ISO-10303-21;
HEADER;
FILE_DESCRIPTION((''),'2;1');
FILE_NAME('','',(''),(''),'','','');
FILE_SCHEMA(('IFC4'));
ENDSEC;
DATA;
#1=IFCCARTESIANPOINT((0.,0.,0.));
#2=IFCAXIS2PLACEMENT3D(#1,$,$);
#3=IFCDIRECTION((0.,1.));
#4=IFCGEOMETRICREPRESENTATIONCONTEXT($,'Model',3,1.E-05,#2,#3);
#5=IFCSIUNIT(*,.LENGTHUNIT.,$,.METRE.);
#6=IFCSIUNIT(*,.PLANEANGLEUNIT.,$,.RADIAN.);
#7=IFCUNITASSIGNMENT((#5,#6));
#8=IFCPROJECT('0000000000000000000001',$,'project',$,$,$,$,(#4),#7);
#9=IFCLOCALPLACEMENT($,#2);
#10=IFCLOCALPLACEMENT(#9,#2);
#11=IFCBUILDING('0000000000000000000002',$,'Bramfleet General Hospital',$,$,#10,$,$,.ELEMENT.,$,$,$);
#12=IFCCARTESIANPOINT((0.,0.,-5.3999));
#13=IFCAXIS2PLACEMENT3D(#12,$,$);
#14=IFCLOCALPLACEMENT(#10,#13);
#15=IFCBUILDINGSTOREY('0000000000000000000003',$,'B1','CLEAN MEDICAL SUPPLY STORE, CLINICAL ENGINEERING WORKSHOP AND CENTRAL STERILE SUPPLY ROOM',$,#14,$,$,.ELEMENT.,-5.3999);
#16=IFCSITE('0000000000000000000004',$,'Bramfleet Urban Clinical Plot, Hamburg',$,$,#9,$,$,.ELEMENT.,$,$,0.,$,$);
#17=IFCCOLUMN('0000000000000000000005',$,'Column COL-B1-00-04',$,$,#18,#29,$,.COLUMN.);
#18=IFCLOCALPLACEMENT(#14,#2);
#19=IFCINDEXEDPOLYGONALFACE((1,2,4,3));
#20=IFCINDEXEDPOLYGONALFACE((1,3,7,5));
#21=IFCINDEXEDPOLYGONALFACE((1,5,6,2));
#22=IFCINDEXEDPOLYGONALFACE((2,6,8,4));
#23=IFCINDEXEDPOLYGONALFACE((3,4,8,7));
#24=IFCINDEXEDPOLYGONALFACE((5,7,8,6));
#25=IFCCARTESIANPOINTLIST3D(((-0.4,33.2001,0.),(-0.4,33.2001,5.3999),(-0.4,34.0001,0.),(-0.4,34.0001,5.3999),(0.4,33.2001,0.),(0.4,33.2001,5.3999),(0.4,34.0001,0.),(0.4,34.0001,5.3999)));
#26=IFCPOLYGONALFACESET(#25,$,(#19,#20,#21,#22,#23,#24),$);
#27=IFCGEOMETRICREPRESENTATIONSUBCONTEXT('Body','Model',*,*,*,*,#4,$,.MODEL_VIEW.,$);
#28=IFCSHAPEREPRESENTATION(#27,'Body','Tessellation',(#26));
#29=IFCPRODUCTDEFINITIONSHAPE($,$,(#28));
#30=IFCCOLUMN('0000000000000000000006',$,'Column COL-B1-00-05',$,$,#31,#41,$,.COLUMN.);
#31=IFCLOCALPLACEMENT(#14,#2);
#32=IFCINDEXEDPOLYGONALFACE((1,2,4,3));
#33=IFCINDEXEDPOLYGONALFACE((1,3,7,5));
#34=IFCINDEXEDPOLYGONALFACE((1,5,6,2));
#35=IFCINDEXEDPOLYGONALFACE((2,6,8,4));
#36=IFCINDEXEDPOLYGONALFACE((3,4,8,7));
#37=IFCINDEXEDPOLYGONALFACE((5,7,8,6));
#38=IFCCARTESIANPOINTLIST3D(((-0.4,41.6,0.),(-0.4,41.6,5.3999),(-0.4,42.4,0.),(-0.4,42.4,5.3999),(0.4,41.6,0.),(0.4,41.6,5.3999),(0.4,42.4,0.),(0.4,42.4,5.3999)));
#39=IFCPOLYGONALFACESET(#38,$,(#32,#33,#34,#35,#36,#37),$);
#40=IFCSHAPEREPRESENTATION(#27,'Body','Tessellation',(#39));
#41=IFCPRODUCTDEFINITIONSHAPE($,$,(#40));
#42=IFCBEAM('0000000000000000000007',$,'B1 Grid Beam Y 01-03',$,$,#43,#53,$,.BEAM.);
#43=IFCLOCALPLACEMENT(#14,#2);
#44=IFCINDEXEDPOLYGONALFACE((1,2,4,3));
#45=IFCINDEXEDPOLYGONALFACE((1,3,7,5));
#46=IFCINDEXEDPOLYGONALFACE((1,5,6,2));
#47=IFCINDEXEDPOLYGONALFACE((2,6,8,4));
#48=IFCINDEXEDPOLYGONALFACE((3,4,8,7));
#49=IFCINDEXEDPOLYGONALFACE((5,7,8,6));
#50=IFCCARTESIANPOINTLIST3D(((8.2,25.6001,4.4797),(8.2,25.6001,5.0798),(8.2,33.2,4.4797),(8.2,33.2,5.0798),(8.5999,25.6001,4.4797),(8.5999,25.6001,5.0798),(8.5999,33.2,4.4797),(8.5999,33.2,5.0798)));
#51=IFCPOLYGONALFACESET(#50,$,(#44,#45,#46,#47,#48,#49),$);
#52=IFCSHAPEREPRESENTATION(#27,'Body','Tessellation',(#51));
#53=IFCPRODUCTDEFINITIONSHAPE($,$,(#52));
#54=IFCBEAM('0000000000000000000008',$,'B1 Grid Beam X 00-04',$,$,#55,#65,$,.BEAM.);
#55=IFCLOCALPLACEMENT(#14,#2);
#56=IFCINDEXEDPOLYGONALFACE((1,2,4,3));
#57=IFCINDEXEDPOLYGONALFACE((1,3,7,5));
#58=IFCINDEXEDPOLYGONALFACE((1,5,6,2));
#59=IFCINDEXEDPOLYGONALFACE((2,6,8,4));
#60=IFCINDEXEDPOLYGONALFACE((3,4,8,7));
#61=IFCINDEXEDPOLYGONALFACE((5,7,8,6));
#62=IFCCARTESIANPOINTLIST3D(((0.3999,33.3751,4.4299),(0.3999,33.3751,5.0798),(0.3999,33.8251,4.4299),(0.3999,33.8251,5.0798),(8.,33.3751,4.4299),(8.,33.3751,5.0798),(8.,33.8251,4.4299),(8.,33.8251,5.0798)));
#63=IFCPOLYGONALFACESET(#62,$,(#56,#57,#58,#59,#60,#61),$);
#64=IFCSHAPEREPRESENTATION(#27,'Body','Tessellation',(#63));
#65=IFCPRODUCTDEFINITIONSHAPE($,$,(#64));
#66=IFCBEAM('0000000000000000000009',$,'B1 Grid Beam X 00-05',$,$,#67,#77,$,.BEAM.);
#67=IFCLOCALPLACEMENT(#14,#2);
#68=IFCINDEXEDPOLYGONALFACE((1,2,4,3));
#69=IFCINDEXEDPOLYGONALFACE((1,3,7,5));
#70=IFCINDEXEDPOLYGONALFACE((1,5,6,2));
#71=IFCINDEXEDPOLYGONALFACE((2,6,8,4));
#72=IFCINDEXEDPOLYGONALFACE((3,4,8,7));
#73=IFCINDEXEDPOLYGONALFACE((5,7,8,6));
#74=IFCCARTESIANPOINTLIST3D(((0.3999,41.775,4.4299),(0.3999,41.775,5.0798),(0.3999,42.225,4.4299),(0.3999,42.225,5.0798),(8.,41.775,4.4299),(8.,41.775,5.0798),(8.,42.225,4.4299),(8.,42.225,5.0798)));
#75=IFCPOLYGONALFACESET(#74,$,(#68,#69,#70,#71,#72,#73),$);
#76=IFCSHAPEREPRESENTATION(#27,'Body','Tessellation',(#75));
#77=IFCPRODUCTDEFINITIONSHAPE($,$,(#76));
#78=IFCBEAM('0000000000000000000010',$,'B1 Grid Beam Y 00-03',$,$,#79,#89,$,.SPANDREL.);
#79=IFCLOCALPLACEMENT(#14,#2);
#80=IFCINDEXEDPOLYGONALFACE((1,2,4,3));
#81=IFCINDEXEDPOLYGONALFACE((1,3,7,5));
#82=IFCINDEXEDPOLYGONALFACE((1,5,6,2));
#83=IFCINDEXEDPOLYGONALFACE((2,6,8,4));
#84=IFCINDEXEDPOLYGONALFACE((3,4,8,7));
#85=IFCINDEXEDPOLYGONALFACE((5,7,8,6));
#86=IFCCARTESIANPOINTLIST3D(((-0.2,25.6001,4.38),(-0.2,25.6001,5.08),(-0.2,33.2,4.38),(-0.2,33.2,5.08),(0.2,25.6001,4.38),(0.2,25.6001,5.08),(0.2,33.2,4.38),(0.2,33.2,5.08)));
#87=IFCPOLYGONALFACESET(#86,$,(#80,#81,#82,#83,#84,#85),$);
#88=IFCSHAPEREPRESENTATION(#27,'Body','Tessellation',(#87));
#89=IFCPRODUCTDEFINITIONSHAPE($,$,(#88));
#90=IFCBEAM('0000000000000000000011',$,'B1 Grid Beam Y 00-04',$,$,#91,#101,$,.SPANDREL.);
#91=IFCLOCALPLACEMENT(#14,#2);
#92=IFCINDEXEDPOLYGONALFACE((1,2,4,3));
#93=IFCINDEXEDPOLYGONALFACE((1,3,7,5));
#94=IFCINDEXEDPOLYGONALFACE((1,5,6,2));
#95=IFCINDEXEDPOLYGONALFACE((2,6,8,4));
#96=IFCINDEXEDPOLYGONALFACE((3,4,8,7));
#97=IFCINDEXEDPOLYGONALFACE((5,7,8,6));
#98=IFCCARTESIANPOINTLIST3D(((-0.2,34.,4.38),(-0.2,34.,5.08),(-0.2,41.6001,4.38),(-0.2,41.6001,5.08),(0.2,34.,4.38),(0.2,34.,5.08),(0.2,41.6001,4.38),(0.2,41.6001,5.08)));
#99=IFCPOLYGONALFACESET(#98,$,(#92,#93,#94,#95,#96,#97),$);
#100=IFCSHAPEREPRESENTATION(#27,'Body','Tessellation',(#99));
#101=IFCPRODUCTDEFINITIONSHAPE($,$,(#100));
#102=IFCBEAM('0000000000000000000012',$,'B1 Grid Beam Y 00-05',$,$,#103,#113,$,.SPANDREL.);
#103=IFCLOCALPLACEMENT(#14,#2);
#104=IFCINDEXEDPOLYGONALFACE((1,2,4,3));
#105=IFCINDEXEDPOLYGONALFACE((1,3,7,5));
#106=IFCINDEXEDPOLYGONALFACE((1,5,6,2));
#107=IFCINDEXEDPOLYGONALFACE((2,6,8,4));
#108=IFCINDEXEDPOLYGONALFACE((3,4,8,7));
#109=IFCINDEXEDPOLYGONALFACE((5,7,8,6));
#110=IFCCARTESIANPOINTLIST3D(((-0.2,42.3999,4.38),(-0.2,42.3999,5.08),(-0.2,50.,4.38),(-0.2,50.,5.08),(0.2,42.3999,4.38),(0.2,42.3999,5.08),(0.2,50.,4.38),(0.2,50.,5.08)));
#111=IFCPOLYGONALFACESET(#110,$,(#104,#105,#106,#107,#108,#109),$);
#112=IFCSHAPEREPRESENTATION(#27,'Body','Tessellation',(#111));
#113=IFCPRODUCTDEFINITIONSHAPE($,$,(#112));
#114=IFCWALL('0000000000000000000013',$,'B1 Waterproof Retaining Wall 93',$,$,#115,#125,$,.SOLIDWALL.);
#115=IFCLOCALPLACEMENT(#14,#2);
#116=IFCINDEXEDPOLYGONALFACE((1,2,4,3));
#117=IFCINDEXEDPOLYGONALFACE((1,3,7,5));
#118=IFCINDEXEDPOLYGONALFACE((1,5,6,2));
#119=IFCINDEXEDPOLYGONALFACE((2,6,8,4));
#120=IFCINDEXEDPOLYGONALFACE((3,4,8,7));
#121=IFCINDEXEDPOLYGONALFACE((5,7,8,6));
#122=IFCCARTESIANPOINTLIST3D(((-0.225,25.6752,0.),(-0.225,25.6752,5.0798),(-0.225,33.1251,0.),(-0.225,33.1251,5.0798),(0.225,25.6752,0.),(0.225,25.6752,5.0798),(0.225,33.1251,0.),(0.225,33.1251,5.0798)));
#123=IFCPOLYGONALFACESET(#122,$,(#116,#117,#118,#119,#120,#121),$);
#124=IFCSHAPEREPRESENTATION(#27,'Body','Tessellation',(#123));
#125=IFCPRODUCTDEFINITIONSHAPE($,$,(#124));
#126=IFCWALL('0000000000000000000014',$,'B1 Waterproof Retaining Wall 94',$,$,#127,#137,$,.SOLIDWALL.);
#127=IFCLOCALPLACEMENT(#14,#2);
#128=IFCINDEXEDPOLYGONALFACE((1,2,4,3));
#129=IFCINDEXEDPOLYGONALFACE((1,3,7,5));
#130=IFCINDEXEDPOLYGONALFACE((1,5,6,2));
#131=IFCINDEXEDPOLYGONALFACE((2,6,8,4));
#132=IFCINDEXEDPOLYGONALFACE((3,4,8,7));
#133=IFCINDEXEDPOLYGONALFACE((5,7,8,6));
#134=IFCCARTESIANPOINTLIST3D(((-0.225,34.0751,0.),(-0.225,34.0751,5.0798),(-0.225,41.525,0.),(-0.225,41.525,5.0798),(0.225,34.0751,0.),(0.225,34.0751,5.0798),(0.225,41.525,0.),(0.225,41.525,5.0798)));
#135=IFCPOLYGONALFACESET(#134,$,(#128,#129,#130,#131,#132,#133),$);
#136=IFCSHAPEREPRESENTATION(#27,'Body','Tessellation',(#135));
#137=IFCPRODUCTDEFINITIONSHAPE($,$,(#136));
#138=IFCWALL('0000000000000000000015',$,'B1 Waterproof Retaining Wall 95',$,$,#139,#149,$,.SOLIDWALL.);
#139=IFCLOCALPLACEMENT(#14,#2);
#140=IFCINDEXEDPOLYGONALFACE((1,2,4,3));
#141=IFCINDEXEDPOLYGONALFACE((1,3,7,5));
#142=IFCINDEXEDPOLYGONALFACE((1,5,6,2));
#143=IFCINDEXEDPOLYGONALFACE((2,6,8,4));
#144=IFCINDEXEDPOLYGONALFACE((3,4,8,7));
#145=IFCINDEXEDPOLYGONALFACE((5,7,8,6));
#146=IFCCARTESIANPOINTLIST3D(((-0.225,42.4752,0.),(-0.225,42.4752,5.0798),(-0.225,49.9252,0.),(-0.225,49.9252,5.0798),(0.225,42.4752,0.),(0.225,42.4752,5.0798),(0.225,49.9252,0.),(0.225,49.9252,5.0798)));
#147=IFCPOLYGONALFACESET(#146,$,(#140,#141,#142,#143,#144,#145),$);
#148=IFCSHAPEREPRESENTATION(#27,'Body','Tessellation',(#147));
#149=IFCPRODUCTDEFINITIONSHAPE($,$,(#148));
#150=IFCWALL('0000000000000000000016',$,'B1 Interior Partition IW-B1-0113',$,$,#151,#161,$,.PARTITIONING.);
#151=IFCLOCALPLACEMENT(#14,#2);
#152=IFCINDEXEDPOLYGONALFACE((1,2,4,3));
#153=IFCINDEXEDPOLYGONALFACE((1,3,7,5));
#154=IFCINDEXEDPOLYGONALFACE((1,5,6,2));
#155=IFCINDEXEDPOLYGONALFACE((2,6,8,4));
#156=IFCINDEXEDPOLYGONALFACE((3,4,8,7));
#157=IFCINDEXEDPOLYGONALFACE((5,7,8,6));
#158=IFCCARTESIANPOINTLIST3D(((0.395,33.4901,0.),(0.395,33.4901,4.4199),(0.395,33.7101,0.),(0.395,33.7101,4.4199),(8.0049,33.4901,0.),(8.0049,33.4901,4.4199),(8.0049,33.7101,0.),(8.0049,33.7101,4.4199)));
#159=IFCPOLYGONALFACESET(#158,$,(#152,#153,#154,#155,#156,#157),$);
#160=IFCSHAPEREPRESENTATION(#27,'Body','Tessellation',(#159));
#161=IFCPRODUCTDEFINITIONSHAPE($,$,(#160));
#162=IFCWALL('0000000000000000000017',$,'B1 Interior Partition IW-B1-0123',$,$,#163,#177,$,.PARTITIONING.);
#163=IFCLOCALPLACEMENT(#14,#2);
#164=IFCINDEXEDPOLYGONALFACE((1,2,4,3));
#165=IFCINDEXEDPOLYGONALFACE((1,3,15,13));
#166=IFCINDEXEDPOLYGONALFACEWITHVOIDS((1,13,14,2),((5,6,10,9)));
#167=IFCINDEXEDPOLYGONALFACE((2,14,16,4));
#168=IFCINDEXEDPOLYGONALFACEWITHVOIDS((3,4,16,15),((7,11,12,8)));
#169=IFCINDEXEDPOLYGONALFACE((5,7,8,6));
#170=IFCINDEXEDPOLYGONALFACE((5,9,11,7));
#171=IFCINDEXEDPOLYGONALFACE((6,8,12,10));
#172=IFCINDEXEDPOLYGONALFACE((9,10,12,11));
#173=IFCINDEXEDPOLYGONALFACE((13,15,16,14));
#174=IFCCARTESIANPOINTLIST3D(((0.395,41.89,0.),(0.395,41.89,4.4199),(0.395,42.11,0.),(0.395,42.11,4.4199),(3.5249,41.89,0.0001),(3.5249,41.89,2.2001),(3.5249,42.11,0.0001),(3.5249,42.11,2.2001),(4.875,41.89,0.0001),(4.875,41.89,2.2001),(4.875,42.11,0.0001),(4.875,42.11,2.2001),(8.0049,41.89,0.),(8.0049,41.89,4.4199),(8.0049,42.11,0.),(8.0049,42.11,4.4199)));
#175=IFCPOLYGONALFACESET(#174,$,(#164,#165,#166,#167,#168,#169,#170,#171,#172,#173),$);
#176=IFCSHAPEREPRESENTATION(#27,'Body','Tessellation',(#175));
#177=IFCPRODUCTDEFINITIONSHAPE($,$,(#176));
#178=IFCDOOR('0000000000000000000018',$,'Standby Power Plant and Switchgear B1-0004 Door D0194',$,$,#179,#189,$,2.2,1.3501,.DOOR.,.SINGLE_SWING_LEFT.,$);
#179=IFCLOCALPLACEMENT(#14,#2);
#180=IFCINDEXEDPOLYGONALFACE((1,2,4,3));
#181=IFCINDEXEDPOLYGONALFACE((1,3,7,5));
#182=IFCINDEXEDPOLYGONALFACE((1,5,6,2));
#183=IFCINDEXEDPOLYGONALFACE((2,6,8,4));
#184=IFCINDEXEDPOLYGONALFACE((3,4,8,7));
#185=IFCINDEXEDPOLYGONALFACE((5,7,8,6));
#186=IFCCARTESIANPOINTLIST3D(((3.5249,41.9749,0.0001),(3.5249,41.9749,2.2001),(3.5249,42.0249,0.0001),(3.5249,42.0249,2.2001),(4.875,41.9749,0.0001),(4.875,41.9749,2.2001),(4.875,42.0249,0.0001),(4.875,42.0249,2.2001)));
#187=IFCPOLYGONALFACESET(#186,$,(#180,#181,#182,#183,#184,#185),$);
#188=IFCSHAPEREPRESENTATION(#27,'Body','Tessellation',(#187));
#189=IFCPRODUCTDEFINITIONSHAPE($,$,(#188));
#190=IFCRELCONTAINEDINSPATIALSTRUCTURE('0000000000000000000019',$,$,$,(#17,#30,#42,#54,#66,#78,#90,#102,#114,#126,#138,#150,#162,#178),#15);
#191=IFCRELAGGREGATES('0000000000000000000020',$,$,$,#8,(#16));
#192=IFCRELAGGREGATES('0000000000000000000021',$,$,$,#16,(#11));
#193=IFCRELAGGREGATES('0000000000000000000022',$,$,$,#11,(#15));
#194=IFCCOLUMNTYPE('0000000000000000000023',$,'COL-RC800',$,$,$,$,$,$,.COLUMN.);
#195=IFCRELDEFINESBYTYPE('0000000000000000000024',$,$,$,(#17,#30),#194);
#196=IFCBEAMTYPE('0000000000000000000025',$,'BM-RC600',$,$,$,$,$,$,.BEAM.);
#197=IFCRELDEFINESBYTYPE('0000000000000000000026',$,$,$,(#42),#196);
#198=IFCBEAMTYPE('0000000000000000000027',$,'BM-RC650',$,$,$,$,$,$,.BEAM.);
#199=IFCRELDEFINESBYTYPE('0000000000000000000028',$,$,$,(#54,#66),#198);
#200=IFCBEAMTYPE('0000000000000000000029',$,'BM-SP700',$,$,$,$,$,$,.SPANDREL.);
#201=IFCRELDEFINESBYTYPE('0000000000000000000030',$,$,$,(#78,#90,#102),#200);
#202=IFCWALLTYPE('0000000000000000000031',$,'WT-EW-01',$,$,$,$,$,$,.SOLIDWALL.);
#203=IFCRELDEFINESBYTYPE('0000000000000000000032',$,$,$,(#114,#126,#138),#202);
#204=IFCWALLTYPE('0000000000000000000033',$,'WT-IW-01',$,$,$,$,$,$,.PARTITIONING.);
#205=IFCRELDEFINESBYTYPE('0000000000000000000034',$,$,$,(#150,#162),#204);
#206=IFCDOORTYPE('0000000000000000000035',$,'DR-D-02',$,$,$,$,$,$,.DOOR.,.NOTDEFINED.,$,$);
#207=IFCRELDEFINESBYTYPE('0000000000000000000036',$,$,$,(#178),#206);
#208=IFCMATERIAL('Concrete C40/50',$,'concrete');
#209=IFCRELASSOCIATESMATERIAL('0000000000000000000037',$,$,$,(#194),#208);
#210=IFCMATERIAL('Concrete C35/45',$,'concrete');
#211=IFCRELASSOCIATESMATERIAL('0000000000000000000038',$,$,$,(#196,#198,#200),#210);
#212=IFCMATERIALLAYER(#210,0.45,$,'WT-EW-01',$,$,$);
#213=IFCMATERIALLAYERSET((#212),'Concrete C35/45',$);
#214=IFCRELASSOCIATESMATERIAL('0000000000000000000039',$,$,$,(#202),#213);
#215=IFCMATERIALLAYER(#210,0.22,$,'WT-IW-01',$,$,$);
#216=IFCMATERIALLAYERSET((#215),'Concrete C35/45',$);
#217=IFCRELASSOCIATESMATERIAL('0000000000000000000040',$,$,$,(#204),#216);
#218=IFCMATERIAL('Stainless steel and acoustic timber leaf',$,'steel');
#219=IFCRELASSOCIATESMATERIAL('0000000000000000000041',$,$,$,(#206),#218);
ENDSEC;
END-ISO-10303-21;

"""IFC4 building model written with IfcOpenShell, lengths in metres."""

from ifc_helpers import new_model, si_unit, direction, frame, frame_2d, origin, origin_2d, place, context, subcontext, project, spatial, rectangle, extrude, material, layer, layer_set, material_profile, profile_set, type_object, element, fill, save


model = new_model("IFC4")

# Units and contexts
model_context = context("Model", 3, precision=1e-05, world=origin(), true_north=direction((0.0, 1.0)))
body_context = subcontext(model_context, "Body", "Model", "MODEL_VIEW")
ifc_project = project(units=[si_unit("LENGTHUNIT", "METRE"), si_unit("PLANEANGLEUNIT", "RADIAN")], contexts=[model_context])

# Site, building, storey
site_placement = place(None, origin())
site = spatial("IfcSite", under=ifc_project, at=site_placement, Name="Bramfleet Urban Clinical Plot, Hamburg", CompositionType="ELEMENT", RefElevation=0.0)
building_placement = place(site_placement, origin())
building = spatial("IfcBuilding", under=site, at=building_placement, Name="Bramfleet General Hospital", CompositionType="ELEMENT")
storey_placement = place(building_placement, frame((0.0, 0.0, -5.3999)))
storey = spatial("IfcBuildingStorey", under=building, at=storey_placement, Name="B1", Description="CLEAN MEDICAL SUPPLY STORE, CLINICAL ENGINEERING WORKSHOP AND CENTRAL STERILE SUPPLY ROOM", CompositionType="ELEMENT", Elevation=-5.3999)

# Shared definitions
ifc_material_1 = material(Name="Concrete C35/45", Category="concrete")

# Columns
ifc_material_2 = material(Name="Concrete C40/50", Category="concrete")
ifc_material_profile_1 = material_profile(ifc_material_2, rectangle(XDim=0.8, YDim=0.8, at=origin_2d()), Name="RC COL 800x800")
ifc_profile_set_1 = profile_set([ifc_material_profile_1], Name="Concrete C40/50")
column_type = type_object("IfcColumnType", Name="COL-RC800", PredefinedType="COLUMN", material=ifc_profile_set_1)
for number, where, z_axis, x_axis, name in (
    (1, (0.0, 33.6001, 0.0), (0.0, 0.0, 1.0), (1.0, 0.0, 0.0), "Column COL-B1-00-04"),
    (2, (0.0, 42.0, 0.0), (0.0, 0.0, 1.0), (1.0, 0.0, 0.0), "Column COL-B1-00-05"),
):
    element("IfcColumn", number, at=place(storey_placement, frame(where, z_axis=z_axis, x_axis=x_axis)), inside=storey, type_object=column_type, Name=name, PredefinedType="COLUMN", context=body_context, shape_type="SweptSolid", body=[
        extrude(rectangle(XDim=0.8, YDim=0.8, at=origin_2d()), origin(), (0.0, 0.0, 1.0), 5.3999),
    ])

# Beams
ifc_material_profile_2 = material_profile(ifc_material_1, rectangle(XDim=0.3999, YDim=0.6001, at=origin_2d()), Name="RC BM 600x400")
ifc_profile_set_2 = profile_set([ifc_material_profile_2], Name="Concrete C35/45")
beam_type_1 = type_object("IfcBeamType", Name="BM-RC600", PredefinedType="BEAM", material=ifc_profile_set_2)
beam_1_placement = place(storey_placement, frame((8.3999, 25.6001, 4.7798), z_axis=(0.0, 1.0, 0.0), x_axis=(-1.0, 0.0, 0.0)))
element("IfcBeam", 3, at=beam_1_placement, inside=storey, type_object=beam_type_1, Name="B1 Grid Beam Y 01-03", PredefinedType="BEAM", context=body_context, shape_type="SweptSolid", body=[
    extrude(rectangle(XDim=0.3999, YDim=0.6001, at=origin_2d()), origin(), (0.0, 0.0, 1.0), 7.5999),
])
ifc_material_profile_3 = material_profile(ifc_material_1, rectangle(XDim=0.45, YDim=0.6499, at=origin_2d()), Name="RC BM 650x450")
ifc_profile_set_3 = profile_set([ifc_material_profile_3], Name="Concrete C35/45")
beam_type_2 = type_object("IfcBeamType", Name="BM-RC650", PredefinedType="BEAM", material=ifc_profile_set_3)
for number, where, z_axis, x_axis, name in (
    (4, (0.3999, 33.6001, 4.7549), (1.0, 0.0, 0.0), (0.0, 1.0, 0.0), "B1 Grid Beam X 00-04"),
    (5, (0.3999, 42.0, 4.7549), (1.0, 0.0, 0.0), (0.0, 1.0, 0.0), "B1 Grid Beam X 00-05"),
):
    element("IfcBeam", number, at=place(storey_placement, frame(where, z_axis=z_axis, x_axis=x_axis)), inside=storey, type_object=beam_type_2, Name=name, PredefinedType="BEAM", context=body_context, shape_type="SweptSolid", body=[
        extrude(rectangle(XDim=0.45, YDim=0.6499, at=origin_2d()), origin(), (0.0, 0.0, 1.0), 7.6001),
    ])
ifc_material_profile_4 = material_profile(ifc_material_1, rectangle(XDim=0.3999, YDim=0.7, at=origin_2d()), Name="RC SP 700x400")
ifc_profile_set_4 = profile_set([ifc_material_profile_4], Name="Concrete C35/45")
beam_type_3 = type_object("IfcBeamType", Name="BM-SP700", PredefinedType="SPANDREL", material=ifc_profile_set_4)
beam_2_placement = place(storey_placement, frame((0.0, 25.6001, 4.73), z_axis=(0.0, 1.0, 0.0), x_axis=(-1.0, 0.0, 0.0)))
element("IfcBeam", 6, at=beam_2_placement, inside=storey, type_object=beam_type_3, Name="B1 Grid Beam Y 00-03", PredefinedType="SPANDREL", context=body_context, shape_type="SweptSolid", body=[
    extrude(rectangle(XDim=0.3999, YDim=0.7, at=origin_2d()), origin(), (0.0, 0.0, 1.0), 7.5999),
])
for number, where, z_axis, x_axis, name in (
    (7, (0.0, 34.0, 4.73), (0.0, 1.0, 0.0), (-1.0, 0.0, 0.0), "B1 Grid Beam Y 00-04"),
    (8, (0.0, 42.3999, 4.73), (0.0, 1.0, 0.0), (-1.0, 0.0, 0.0), "B1 Grid Beam Y 00-05"),
):
    element("IfcBeam", number, at=place(storey_placement, frame(where, z_axis=z_axis, x_axis=x_axis)), inside=storey, type_object=beam_type_3, Name=name, PredefinedType="SPANDREL", context=body_context, shape_type="SweptSolid", body=[
        extrude(rectangle(XDim=0.3999, YDim=0.7, at=origin_2d()), origin(), (0.0, 0.0, 1.0), 7.6001),
    ])

# Walls
ifc_layer_1 = layer(ifc_material_1, 0.45, Name="WT-EW-01")
ifc_layer_set_1 = layer_set([ifc_layer_1], Name="Concrete C35/45")
wall_type_1 = type_object("IfcWallType", Name="WT-EW-01", PredefinedType="SOLIDWALL", material=ifc_layer_set_1)
for number, where, z_axis, x_axis, name in (
    (9, (0.0, 25.675, 0.0), (0.0, 0.0, 1.0), (0.0, 1.0, 0.0), "B1 Waterproof Retaining Wall 93"),
    (10, (0.0, 34.075, 0.0), (0.0, 0.0, 1.0), (0.0, 1.0, 0.0), "B1 Waterproof Retaining Wall 94"),
    (11, (0.0, 42.4751, 0.0), (0.0, 0.0, 1.0), (0.0, 1.0, 0.0), "B1 Waterproof Retaining Wall 95"),
):
    element("IfcWall", number, at=place(storey_placement, frame(where, z_axis=z_axis, x_axis=x_axis)), inside=storey, type_object=wall_type_1, Name=name, PredefinedType="SOLIDWALL", context=body_context, shape_type="SweptSolid", body=[
        extrude(rectangle(XDim=7.45, YDim=0.45, at=frame_2d((3.7251, 0.0))), origin(), (0.0, 0.0, 1.0), 5.0798),
    ])
ifc_layer_2 = layer(ifc_material_1, 0.22, Name="WT-IW-01")
ifc_layer_set_2 = layer_set([ifc_layer_2], Name="Concrete C35/45")
wall_type_2 = type_object("IfcWallType", Name="WT-IW-01", PredefinedType="PARTITIONING", material=ifc_layer_set_2)
wall_1_placement = place(storey_placement, frame((0.395, 33.6001, 0.0), z_axis=(0.0, 0.0, 1.0), x_axis=(1.0, 0.0, 0.0)))
element("IfcWall", 12, at=wall_1_placement, inside=storey, type_object=wall_type_2, Name="B1 Interior Partition IW-B1-0113", PredefinedType="PARTITIONING", context=body_context, shape_type="SweptSolid", body=[
    extrude(rectangle(XDim=7.6099, YDim=0.22, at=frame_2d((3.8049, 0.0))), origin(), (0.0, 0.0, 1.0), 4.4199),
])

# Wall, opening, door
wall_2_placement = place(storey_placement, frame((0.395, 42.0, 0.0), z_axis=(0.0, 0.0, 1.0), x_axis=(1.0, 0.0, 0.0)))
wall_2 = element("IfcWall", 13, at=wall_2_placement, inside=storey, type_object=wall_type_2, Name="B1 Interior Partition IW-B1-0123", PredefinedType="PARTITIONING", context=body_context, shape_type="SweptSolid", body=[
    extrude(rectangle(XDim=7.6099, YDim=0.22, at=frame_2d((3.8049, 0.0))), origin(), (0.0, 0.0, 1.0), 4.4199),
])
opening_placement = place(wall_2_placement, frame((3.1299, 0.0, 0.0)))
opening = element("IfcOpeningElement", 14, at=opening_placement, cuts=wall_2, PredefinedType="OPENING", context=body_context, shape_type="SweptSolid", body=[
    extrude(rectangle(XDim=1.3501, YDim=2.2, at=frame_2d((0.675, 1.1001))), frame((0.0, 0.1199, 0.0), z_axis=(0.0, -1.0, 0.0), x_axis=(1.0, 0.0, 0.0)), (0.0, 0.0, 1.0), 0.24),
])
ifc_material_3 = material(Name="Stainless steel and acoustic timber leaf", Category="steel")
door_type = type_object("IfcDoorType", Name="DR-D-02", OperationType="NOTDEFINED", PredefinedType="DOOR", material=ifc_material_3)
door_placement = place(opening_placement, origin())
door = element("IfcDoor", 15, at=door_placement, inside=storey, type_object=door_type, Name="Standby Power Plant and Switchgear B1-0004 Door D0194", OperationType="SINGLE_SWING_LEFT", OverallHeight=2.2, OverallWidth=1.3501, PredefinedType="DOOR", context=body_context, shape_type="SweptSolid", body=[
    extrude(rectangle(XDim=1.3501, YDim=2.2, at=frame_2d((0.675, 1.1001))), frame((0.0, 0.0249, 0.0), z_axis=(0.0, -1.0, 0.0), x_axis=(1.0, 0.0, 0.0)), (0.0, 0.0, 1.0), 0.05),
])
fill(opening, door)

save(model, "model.ifc")
